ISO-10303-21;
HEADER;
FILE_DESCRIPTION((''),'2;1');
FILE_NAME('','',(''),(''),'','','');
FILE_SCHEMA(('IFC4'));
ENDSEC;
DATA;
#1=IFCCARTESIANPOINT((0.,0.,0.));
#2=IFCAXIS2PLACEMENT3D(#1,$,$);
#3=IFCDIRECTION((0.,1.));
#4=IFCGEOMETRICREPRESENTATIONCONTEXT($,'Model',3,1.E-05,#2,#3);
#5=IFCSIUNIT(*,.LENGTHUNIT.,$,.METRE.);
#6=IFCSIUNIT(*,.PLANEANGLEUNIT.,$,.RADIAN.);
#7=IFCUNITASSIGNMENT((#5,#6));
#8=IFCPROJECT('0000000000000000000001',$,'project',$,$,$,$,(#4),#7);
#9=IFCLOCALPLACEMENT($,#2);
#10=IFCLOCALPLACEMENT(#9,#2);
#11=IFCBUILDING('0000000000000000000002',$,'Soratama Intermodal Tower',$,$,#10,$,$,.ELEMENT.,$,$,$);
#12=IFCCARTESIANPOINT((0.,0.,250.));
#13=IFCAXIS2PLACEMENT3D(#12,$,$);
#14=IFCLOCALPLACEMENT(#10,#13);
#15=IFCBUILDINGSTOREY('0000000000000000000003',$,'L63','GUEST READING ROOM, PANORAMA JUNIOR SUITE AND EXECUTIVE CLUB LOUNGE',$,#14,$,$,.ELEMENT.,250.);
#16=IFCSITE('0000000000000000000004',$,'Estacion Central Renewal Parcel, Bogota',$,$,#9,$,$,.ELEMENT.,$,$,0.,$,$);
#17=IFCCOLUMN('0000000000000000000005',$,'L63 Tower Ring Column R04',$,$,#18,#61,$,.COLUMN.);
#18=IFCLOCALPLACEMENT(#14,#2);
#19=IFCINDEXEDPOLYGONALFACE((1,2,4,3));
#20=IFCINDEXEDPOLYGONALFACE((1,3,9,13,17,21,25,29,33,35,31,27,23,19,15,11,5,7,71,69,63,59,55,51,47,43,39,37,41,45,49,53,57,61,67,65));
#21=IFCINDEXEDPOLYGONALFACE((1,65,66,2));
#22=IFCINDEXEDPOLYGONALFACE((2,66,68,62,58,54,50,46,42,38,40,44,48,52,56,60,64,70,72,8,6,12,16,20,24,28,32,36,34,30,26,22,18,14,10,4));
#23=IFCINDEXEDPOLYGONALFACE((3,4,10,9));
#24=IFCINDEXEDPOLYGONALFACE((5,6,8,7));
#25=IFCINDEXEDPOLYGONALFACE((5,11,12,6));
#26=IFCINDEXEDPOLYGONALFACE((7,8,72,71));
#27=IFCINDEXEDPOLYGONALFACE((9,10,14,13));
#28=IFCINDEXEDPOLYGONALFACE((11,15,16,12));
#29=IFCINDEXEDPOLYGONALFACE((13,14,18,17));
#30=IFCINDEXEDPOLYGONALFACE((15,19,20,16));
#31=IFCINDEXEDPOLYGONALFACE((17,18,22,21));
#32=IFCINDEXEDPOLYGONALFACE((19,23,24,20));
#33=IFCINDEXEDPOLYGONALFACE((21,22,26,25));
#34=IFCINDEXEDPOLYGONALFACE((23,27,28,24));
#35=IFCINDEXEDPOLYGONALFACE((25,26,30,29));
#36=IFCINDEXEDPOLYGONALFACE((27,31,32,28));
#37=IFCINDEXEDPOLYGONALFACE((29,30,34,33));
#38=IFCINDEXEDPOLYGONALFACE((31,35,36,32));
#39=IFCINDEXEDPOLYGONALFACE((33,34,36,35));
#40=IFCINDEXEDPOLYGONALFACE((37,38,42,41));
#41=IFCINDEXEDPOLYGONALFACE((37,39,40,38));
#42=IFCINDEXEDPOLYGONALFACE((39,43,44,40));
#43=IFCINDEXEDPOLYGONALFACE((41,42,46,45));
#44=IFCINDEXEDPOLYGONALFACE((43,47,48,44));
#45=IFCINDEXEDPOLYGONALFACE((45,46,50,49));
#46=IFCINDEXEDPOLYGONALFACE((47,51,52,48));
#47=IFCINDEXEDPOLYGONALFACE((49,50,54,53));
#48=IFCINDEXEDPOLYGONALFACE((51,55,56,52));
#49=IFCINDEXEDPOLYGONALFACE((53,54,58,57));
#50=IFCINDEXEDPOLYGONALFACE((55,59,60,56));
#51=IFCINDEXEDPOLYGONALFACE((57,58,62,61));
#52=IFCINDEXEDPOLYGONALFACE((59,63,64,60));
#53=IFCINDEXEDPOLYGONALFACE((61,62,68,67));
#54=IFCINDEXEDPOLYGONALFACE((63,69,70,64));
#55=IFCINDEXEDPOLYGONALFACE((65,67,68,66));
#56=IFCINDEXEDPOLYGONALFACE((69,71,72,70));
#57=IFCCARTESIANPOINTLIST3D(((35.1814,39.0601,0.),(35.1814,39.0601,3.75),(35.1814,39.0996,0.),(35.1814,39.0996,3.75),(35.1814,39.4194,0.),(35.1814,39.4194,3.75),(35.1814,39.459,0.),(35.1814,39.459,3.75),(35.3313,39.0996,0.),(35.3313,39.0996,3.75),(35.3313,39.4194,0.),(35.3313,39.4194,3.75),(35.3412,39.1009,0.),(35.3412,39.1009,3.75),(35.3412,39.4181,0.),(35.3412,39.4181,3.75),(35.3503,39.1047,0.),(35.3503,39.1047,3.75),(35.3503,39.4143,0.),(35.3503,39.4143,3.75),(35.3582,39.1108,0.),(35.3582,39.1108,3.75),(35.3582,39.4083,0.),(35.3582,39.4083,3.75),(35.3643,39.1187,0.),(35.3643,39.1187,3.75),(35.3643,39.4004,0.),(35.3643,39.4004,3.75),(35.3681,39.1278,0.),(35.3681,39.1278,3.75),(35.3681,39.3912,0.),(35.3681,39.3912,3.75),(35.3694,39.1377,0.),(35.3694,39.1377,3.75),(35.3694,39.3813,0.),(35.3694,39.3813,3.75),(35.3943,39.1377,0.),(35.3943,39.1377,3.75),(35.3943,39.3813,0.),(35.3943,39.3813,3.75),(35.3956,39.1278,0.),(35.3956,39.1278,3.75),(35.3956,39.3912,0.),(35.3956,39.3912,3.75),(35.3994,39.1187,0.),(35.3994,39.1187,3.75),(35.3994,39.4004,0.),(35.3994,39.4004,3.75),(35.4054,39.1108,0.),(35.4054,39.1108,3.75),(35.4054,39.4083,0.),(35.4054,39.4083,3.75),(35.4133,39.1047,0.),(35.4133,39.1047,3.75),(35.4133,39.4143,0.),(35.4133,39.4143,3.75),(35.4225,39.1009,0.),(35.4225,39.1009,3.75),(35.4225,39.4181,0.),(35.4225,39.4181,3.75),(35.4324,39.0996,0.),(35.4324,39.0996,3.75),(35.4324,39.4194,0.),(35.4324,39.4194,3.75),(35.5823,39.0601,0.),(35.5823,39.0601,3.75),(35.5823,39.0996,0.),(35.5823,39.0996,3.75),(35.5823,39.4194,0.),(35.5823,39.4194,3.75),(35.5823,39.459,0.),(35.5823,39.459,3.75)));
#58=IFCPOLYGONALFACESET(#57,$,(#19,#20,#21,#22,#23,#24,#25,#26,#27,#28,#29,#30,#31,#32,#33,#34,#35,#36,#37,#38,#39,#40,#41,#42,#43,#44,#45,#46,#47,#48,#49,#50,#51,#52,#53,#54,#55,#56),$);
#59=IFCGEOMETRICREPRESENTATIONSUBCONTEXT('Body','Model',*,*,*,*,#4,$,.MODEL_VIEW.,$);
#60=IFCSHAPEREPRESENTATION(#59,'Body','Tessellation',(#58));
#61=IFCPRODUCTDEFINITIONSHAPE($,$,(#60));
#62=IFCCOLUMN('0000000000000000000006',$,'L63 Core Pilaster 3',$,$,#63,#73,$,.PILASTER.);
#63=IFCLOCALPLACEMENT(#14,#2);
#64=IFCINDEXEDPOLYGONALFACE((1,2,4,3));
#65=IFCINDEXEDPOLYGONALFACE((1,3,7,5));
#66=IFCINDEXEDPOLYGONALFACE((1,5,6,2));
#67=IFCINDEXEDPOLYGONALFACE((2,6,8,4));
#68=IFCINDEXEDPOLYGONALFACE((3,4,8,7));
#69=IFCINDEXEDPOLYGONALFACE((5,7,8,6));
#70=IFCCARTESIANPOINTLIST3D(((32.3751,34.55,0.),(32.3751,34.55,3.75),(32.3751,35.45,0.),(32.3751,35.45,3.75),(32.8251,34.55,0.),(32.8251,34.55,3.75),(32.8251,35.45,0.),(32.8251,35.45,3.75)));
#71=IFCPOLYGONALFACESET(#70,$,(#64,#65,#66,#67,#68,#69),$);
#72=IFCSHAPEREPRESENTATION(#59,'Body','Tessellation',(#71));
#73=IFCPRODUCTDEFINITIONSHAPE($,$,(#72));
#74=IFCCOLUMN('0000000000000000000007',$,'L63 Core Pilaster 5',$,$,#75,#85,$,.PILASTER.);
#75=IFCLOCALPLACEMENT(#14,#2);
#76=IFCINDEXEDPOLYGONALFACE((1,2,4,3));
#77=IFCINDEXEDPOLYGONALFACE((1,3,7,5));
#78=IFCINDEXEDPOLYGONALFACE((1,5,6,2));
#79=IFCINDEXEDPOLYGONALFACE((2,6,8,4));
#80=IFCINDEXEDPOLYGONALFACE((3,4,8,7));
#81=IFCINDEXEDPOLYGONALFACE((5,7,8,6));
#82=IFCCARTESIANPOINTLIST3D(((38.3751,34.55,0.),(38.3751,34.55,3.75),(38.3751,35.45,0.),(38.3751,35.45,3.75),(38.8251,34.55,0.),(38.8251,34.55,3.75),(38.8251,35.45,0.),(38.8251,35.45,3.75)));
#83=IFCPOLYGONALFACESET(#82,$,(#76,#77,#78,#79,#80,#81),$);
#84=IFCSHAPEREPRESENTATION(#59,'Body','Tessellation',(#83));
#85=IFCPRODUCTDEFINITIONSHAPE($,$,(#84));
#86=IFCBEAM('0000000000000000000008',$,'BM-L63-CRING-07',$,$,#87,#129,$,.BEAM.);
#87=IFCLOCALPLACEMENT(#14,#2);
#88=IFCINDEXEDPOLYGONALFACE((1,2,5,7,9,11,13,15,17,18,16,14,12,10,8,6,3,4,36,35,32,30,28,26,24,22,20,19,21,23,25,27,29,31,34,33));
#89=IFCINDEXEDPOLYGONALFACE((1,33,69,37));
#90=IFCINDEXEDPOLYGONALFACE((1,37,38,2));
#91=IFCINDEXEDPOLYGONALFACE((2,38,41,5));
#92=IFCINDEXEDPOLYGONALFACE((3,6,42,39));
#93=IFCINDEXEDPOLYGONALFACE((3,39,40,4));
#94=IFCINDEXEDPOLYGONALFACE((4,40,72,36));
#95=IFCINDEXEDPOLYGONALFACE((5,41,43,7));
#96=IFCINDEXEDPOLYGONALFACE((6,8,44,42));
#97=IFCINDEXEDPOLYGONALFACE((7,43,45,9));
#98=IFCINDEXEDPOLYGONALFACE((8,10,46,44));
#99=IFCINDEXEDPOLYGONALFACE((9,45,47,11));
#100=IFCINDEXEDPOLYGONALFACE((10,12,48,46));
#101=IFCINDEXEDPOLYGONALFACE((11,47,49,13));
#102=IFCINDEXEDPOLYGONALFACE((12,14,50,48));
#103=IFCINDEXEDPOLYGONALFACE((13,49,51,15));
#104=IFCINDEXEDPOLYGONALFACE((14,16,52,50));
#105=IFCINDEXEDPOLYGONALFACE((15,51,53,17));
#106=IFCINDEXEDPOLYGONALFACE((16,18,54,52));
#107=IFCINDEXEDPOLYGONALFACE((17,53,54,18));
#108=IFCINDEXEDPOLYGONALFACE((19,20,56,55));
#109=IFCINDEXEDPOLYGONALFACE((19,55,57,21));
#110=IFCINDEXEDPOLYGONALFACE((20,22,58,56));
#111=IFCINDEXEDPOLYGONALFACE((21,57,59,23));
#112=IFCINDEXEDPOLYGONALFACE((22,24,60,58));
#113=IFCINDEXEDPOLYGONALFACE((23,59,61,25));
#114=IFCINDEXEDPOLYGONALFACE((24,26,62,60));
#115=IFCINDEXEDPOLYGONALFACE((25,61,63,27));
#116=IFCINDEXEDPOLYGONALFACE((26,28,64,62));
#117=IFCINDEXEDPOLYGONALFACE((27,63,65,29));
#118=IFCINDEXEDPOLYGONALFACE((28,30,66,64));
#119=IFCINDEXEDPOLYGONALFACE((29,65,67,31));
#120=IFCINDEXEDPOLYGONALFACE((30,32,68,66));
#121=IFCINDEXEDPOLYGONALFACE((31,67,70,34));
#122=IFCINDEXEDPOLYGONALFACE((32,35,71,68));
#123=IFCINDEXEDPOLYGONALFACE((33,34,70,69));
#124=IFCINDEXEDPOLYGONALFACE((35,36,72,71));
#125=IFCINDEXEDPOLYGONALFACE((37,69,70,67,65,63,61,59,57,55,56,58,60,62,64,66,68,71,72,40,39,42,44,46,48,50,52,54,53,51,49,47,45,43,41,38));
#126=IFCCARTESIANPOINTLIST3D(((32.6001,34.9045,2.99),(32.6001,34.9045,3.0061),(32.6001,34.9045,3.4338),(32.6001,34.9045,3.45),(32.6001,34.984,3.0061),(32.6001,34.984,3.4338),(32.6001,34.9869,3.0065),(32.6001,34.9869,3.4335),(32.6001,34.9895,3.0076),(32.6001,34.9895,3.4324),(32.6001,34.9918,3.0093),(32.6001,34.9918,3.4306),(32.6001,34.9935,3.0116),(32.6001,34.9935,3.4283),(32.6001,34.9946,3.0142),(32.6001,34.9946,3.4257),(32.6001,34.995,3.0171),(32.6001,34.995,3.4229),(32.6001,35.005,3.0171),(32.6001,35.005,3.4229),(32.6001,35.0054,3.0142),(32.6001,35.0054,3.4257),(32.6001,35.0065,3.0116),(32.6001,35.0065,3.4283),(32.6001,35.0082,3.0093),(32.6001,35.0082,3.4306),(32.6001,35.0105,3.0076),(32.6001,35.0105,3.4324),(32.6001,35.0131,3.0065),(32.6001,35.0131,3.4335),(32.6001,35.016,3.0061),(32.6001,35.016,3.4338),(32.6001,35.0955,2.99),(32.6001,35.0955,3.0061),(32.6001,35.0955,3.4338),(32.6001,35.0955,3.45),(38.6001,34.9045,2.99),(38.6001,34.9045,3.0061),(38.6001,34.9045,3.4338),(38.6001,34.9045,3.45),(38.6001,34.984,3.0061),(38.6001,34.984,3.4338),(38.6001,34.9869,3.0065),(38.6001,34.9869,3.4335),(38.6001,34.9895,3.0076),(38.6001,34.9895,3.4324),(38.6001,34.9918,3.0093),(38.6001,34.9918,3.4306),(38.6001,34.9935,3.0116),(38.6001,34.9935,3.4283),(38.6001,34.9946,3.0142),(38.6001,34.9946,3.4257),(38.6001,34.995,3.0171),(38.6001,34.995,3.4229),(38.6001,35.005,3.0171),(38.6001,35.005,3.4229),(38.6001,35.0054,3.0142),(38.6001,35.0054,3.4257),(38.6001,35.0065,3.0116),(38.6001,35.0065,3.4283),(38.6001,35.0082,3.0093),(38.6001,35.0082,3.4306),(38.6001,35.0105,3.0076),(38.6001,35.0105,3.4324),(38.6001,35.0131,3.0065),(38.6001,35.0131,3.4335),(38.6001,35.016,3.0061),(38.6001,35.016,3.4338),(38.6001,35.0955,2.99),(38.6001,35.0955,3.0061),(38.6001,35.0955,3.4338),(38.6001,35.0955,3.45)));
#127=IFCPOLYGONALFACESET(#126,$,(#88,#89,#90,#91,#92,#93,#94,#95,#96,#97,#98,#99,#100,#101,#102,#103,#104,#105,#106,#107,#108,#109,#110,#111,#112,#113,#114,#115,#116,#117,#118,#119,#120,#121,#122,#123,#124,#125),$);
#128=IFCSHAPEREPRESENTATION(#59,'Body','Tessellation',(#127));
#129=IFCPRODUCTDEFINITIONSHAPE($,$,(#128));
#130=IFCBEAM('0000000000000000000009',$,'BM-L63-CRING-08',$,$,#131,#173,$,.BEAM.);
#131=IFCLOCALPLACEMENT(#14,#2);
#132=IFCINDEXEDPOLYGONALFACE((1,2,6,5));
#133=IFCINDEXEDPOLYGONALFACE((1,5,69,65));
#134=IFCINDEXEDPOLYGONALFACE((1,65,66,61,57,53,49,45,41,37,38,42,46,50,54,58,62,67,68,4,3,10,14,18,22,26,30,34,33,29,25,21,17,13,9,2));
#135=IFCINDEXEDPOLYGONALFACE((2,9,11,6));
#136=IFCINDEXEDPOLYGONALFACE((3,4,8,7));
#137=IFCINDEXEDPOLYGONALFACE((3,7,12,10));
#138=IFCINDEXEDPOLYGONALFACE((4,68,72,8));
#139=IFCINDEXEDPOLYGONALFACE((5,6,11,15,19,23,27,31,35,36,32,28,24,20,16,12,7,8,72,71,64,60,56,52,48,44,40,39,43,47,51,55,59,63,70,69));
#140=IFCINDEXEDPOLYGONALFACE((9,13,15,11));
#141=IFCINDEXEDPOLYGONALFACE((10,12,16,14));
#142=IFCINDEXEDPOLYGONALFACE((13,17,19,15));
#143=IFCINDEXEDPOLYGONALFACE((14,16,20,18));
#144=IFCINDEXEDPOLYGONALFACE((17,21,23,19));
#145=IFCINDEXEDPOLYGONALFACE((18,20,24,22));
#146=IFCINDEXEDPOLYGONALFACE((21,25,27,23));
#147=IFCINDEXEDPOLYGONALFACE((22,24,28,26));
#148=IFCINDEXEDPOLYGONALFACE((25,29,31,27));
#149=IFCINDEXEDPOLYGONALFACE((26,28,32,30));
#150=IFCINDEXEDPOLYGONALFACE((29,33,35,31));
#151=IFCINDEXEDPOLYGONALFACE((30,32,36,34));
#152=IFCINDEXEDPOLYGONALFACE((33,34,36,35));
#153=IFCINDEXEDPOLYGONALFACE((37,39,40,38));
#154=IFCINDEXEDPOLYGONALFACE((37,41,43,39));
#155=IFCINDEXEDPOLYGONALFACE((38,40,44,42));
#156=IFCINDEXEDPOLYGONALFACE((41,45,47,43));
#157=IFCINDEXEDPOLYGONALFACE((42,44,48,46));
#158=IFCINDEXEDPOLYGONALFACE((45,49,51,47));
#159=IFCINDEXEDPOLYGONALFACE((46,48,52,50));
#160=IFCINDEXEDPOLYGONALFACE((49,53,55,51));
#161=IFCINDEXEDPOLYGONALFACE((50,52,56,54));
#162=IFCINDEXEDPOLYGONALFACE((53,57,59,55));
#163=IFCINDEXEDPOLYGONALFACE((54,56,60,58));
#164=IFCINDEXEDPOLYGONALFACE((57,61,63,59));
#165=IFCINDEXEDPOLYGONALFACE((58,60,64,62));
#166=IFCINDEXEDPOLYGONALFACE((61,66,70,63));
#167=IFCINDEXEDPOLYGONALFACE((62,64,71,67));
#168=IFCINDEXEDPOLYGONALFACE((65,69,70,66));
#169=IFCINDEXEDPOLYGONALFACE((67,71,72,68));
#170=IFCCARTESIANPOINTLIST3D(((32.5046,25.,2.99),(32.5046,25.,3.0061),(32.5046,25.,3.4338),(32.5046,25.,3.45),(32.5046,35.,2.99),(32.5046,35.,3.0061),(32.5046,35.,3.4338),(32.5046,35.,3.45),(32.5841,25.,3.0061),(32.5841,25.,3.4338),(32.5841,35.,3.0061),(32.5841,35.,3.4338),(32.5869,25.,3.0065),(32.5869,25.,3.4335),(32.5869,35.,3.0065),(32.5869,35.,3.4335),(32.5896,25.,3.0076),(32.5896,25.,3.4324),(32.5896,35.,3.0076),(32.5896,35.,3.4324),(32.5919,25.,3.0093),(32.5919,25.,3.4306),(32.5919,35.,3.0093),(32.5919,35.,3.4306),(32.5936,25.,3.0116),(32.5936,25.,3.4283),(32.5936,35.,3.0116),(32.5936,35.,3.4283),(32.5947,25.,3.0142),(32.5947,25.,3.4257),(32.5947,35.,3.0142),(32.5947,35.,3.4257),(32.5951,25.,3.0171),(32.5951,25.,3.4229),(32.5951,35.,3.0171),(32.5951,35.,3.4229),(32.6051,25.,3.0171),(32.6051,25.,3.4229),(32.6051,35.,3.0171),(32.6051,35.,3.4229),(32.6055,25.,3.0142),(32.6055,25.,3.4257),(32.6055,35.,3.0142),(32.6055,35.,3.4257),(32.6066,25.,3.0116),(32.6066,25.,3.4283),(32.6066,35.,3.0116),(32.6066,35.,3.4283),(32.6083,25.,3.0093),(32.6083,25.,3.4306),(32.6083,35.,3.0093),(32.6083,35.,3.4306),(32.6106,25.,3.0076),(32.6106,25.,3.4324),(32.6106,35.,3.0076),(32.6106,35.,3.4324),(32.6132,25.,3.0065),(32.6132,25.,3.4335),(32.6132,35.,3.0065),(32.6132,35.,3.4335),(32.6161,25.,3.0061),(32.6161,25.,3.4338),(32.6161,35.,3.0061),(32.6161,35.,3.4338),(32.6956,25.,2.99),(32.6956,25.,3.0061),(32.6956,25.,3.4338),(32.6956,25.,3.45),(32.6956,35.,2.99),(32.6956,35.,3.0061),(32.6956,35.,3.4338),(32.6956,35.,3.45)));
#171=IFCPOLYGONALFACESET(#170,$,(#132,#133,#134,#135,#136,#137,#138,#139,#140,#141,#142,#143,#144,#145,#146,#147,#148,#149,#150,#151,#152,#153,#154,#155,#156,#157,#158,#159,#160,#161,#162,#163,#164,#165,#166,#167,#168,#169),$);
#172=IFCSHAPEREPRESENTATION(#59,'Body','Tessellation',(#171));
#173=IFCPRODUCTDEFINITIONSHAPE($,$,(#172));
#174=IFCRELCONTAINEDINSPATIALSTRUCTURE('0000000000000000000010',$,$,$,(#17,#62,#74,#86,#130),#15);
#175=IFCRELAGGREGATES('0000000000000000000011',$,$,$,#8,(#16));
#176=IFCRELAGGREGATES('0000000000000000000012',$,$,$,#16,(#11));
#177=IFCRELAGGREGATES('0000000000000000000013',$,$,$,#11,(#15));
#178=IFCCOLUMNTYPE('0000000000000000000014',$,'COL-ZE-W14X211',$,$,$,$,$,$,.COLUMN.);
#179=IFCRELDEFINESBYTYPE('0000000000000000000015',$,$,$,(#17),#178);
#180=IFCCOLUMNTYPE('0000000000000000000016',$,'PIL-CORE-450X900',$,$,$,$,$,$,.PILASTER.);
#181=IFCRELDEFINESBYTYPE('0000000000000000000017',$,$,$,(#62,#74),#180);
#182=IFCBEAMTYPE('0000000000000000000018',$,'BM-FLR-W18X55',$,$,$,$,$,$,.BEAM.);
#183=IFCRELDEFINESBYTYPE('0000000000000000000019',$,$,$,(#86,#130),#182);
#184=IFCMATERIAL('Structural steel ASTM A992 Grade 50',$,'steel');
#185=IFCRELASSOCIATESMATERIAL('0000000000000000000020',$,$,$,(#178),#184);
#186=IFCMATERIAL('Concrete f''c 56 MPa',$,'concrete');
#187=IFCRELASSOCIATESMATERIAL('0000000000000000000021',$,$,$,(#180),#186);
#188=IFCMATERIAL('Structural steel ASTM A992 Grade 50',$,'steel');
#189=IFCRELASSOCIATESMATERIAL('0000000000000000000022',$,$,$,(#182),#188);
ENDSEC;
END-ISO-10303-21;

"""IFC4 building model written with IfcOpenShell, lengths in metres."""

from ifc_helpers import new_model, si_unit, direction, frame, origin, origin_2d, place, context, subcontext, project, spatial, rectangle, i_section, extrude, material, material_profile, profile_set, type_object, element, save


model = new_model("IFC4")

# Units and contexts
model_context = context("Model", 3, precision=1e-05, world=origin(), true_north=direction((0.0, 1.0)))
body_context = subcontext(model_context, "Body", "Model", "MODEL_VIEW")
ifc_project = project(units=[si_unit("LENGTHUNIT", "METRE"), si_unit("PLANEANGLEUNIT", "RADIAN")], contexts=[model_context])

# Site, building, storey
site_placement = place(None, origin())
site = spatial("IfcSite", under=ifc_project, at=site_placement, Name="Estacion Central Renewal Parcel, Bogota", CompositionType="ELEMENT", RefElevation=0.0)
building_placement = place(site_placement, origin())
building = spatial("IfcBuilding", under=site, at=building_placement, Name="Soratama Intermodal Tower", CompositionType="ELEMENT")
storey_placement = place(building_placement, frame((0.0, 0.0, 250.0)))
storey = spatial("IfcBuildingStorey", under=building, at=storey_placement, Name="L63", Description="GUEST READING ROOM, PANORAMA JUNIOR SUITE AND EXECUTIVE CLUB LOUNGE", CompositionType="ELEMENT", Elevation=250.0)

# Columns
ifc_material_1 = material(Name="Structural steel ASTM A992 Grade 50", Category="steel")
ifc_material_profile_1 = material_profile(ifc_material_1, i_section(OverallWidth=0.4009, OverallDepth=0.3989, WebThickness=0.0249, FlangeThickness=0.0396, FilletRadius=0.0381, at=origin_2d()), Name="W14X211")
ifc_profile_set_1 = profile_set([ifc_material_profile_1], Name="Structural steel ASTM A992 Grade 50")
column_type_1 = type_object("IfcColumnType", Name="COL-ZE-W14X211", PredefinedType="COLUMN", material=ifc_profile_set_1)
column_placement = place(storey_placement, frame((35.3818, 39.2595, 0.0), z_axis=(0.0, 0.0, 1.0), x_axis=(1.0, 0.0, 0.0)))
element("IfcColumn", 1, at=column_placement, inside=storey, type_object=column_type_1, Name="L63 Tower Ring Column R04", PredefinedType="COLUMN", context=body_context, shape_type="SweptSolid", body=[
    extrude(i_section(OverallWidth=0.4009, OverallDepth=0.3989, WebThickness=0.0249, FlangeThickness=0.0396, FilletRadius=0.0381, at=origin_2d()), origin(), (0.0, 0.0, 1.0), 3.75),
])
ifc_material_2 = material(Name="Concrete f'c 56 MPa", Category="concrete")
ifc_material_profile_2 = material_profile(ifc_material_2, rectangle(XDim=0.45, YDim=0.8999, at=origin_2d()), Name="RC450X900")
ifc_profile_set_2 = profile_set([ifc_material_profile_2], Name="Concrete f'c 56 MPa")
column_type_2 = type_object("IfcColumnType", Name="PIL-CORE-450X900", PredefinedType="PILASTER", material=ifc_profile_set_2)
for number, where, z_axis, x_axis, name in (
    (2, (32.6001, 35.0, 0.0), (0.0, 0.0, 1.0), (1.0, 0.0, 0.0), "L63 Core Pilaster 3"),
    (3, (38.6001, 35.0, 0.0), (0.0, 0.0, 1.0), (1.0, 0.0, 0.0), "L63 Core Pilaster 5"),
):
    element("IfcColumn", number, at=place(storey_placement, frame(where, z_axis=z_axis, x_axis=x_axis)), inside=storey, type_object=column_type_2, Name=name, PredefinedType="PILASTER", context=body_context, shape_type="SweptSolid", body=[
        extrude(rectangle(XDim=0.45, YDim=0.8999, at=origin_2d()), origin(), (0.0, 0.0, 1.0), 3.75),
    ])

# Beams
ifc_material_3 = material(Name="Structural steel ASTM A992 Grade 50", Category="steel")
ifc_material_profile_3 = material_profile(ifc_material_3, i_section(OverallWidth=0.1909, OverallDepth=0.46, WebThickness=0.01, FlangeThickness=0.0161, FilletRadius=0.011, at=origin_2d()), Name="W18X55")
ifc_profile_set_3 = profile_set([ifc_material_profile_3], Name="Structural steel ASTM A992 Grade 50")
beam_type_1 = type_object("IfcBeamType", Name="BM-FLR-W18X55", PredefinedType="BEAM", material=ifc_profile_set_3)
beam_1_placement = place(storey_placement, frame((38.6001, 35.0, 3.22), z_axis=(-1.0, 0.0, 0.0), x_axis=(0.0, -1.0, 0.0)))
element("IfcBeam", 4, at=beam_1_placement, inside=storey, type_object=beam_type_1, Name="BM-L63-CRING-07", PredefinedType="BEAM", context=body_context, shape_type="SweptSolid", body=[
    extrude(i_section(OverallWidth=0.1909, OverallDepth=0.46, WebThickness=0.01, FlangeThickness=0.0161, FilletRadius=0.011, at=origin_2d()), origin(), (0.0, 0.0, 1.0), 6.0),
])
beam_2_placement = place(storey_placement, frame((32.6001, 35.0, 3.22), z_axis=(0.0, -1.0, 0.0), x_axis=(1.0, 0.0, 0.0)))
element("IfcBeam", 5, at=beam_2_placement, inside=storey, type_object=beam_type_1, Name="BM-L63-CRING-08", PredefinedType="BEAM", context=body_context, shape_type="SweptSolid", body=[
    extrude(i_section(OverallWidth=0.1909, OverallDepth=0.46, WebThickness=0.01, FlangeThickness=0.0161, FilletRadius=0.011, at=origin_2d()), origin(), (0.0, 0.0, 1.0), 10.0),
])

save(model, "model.ifc")
